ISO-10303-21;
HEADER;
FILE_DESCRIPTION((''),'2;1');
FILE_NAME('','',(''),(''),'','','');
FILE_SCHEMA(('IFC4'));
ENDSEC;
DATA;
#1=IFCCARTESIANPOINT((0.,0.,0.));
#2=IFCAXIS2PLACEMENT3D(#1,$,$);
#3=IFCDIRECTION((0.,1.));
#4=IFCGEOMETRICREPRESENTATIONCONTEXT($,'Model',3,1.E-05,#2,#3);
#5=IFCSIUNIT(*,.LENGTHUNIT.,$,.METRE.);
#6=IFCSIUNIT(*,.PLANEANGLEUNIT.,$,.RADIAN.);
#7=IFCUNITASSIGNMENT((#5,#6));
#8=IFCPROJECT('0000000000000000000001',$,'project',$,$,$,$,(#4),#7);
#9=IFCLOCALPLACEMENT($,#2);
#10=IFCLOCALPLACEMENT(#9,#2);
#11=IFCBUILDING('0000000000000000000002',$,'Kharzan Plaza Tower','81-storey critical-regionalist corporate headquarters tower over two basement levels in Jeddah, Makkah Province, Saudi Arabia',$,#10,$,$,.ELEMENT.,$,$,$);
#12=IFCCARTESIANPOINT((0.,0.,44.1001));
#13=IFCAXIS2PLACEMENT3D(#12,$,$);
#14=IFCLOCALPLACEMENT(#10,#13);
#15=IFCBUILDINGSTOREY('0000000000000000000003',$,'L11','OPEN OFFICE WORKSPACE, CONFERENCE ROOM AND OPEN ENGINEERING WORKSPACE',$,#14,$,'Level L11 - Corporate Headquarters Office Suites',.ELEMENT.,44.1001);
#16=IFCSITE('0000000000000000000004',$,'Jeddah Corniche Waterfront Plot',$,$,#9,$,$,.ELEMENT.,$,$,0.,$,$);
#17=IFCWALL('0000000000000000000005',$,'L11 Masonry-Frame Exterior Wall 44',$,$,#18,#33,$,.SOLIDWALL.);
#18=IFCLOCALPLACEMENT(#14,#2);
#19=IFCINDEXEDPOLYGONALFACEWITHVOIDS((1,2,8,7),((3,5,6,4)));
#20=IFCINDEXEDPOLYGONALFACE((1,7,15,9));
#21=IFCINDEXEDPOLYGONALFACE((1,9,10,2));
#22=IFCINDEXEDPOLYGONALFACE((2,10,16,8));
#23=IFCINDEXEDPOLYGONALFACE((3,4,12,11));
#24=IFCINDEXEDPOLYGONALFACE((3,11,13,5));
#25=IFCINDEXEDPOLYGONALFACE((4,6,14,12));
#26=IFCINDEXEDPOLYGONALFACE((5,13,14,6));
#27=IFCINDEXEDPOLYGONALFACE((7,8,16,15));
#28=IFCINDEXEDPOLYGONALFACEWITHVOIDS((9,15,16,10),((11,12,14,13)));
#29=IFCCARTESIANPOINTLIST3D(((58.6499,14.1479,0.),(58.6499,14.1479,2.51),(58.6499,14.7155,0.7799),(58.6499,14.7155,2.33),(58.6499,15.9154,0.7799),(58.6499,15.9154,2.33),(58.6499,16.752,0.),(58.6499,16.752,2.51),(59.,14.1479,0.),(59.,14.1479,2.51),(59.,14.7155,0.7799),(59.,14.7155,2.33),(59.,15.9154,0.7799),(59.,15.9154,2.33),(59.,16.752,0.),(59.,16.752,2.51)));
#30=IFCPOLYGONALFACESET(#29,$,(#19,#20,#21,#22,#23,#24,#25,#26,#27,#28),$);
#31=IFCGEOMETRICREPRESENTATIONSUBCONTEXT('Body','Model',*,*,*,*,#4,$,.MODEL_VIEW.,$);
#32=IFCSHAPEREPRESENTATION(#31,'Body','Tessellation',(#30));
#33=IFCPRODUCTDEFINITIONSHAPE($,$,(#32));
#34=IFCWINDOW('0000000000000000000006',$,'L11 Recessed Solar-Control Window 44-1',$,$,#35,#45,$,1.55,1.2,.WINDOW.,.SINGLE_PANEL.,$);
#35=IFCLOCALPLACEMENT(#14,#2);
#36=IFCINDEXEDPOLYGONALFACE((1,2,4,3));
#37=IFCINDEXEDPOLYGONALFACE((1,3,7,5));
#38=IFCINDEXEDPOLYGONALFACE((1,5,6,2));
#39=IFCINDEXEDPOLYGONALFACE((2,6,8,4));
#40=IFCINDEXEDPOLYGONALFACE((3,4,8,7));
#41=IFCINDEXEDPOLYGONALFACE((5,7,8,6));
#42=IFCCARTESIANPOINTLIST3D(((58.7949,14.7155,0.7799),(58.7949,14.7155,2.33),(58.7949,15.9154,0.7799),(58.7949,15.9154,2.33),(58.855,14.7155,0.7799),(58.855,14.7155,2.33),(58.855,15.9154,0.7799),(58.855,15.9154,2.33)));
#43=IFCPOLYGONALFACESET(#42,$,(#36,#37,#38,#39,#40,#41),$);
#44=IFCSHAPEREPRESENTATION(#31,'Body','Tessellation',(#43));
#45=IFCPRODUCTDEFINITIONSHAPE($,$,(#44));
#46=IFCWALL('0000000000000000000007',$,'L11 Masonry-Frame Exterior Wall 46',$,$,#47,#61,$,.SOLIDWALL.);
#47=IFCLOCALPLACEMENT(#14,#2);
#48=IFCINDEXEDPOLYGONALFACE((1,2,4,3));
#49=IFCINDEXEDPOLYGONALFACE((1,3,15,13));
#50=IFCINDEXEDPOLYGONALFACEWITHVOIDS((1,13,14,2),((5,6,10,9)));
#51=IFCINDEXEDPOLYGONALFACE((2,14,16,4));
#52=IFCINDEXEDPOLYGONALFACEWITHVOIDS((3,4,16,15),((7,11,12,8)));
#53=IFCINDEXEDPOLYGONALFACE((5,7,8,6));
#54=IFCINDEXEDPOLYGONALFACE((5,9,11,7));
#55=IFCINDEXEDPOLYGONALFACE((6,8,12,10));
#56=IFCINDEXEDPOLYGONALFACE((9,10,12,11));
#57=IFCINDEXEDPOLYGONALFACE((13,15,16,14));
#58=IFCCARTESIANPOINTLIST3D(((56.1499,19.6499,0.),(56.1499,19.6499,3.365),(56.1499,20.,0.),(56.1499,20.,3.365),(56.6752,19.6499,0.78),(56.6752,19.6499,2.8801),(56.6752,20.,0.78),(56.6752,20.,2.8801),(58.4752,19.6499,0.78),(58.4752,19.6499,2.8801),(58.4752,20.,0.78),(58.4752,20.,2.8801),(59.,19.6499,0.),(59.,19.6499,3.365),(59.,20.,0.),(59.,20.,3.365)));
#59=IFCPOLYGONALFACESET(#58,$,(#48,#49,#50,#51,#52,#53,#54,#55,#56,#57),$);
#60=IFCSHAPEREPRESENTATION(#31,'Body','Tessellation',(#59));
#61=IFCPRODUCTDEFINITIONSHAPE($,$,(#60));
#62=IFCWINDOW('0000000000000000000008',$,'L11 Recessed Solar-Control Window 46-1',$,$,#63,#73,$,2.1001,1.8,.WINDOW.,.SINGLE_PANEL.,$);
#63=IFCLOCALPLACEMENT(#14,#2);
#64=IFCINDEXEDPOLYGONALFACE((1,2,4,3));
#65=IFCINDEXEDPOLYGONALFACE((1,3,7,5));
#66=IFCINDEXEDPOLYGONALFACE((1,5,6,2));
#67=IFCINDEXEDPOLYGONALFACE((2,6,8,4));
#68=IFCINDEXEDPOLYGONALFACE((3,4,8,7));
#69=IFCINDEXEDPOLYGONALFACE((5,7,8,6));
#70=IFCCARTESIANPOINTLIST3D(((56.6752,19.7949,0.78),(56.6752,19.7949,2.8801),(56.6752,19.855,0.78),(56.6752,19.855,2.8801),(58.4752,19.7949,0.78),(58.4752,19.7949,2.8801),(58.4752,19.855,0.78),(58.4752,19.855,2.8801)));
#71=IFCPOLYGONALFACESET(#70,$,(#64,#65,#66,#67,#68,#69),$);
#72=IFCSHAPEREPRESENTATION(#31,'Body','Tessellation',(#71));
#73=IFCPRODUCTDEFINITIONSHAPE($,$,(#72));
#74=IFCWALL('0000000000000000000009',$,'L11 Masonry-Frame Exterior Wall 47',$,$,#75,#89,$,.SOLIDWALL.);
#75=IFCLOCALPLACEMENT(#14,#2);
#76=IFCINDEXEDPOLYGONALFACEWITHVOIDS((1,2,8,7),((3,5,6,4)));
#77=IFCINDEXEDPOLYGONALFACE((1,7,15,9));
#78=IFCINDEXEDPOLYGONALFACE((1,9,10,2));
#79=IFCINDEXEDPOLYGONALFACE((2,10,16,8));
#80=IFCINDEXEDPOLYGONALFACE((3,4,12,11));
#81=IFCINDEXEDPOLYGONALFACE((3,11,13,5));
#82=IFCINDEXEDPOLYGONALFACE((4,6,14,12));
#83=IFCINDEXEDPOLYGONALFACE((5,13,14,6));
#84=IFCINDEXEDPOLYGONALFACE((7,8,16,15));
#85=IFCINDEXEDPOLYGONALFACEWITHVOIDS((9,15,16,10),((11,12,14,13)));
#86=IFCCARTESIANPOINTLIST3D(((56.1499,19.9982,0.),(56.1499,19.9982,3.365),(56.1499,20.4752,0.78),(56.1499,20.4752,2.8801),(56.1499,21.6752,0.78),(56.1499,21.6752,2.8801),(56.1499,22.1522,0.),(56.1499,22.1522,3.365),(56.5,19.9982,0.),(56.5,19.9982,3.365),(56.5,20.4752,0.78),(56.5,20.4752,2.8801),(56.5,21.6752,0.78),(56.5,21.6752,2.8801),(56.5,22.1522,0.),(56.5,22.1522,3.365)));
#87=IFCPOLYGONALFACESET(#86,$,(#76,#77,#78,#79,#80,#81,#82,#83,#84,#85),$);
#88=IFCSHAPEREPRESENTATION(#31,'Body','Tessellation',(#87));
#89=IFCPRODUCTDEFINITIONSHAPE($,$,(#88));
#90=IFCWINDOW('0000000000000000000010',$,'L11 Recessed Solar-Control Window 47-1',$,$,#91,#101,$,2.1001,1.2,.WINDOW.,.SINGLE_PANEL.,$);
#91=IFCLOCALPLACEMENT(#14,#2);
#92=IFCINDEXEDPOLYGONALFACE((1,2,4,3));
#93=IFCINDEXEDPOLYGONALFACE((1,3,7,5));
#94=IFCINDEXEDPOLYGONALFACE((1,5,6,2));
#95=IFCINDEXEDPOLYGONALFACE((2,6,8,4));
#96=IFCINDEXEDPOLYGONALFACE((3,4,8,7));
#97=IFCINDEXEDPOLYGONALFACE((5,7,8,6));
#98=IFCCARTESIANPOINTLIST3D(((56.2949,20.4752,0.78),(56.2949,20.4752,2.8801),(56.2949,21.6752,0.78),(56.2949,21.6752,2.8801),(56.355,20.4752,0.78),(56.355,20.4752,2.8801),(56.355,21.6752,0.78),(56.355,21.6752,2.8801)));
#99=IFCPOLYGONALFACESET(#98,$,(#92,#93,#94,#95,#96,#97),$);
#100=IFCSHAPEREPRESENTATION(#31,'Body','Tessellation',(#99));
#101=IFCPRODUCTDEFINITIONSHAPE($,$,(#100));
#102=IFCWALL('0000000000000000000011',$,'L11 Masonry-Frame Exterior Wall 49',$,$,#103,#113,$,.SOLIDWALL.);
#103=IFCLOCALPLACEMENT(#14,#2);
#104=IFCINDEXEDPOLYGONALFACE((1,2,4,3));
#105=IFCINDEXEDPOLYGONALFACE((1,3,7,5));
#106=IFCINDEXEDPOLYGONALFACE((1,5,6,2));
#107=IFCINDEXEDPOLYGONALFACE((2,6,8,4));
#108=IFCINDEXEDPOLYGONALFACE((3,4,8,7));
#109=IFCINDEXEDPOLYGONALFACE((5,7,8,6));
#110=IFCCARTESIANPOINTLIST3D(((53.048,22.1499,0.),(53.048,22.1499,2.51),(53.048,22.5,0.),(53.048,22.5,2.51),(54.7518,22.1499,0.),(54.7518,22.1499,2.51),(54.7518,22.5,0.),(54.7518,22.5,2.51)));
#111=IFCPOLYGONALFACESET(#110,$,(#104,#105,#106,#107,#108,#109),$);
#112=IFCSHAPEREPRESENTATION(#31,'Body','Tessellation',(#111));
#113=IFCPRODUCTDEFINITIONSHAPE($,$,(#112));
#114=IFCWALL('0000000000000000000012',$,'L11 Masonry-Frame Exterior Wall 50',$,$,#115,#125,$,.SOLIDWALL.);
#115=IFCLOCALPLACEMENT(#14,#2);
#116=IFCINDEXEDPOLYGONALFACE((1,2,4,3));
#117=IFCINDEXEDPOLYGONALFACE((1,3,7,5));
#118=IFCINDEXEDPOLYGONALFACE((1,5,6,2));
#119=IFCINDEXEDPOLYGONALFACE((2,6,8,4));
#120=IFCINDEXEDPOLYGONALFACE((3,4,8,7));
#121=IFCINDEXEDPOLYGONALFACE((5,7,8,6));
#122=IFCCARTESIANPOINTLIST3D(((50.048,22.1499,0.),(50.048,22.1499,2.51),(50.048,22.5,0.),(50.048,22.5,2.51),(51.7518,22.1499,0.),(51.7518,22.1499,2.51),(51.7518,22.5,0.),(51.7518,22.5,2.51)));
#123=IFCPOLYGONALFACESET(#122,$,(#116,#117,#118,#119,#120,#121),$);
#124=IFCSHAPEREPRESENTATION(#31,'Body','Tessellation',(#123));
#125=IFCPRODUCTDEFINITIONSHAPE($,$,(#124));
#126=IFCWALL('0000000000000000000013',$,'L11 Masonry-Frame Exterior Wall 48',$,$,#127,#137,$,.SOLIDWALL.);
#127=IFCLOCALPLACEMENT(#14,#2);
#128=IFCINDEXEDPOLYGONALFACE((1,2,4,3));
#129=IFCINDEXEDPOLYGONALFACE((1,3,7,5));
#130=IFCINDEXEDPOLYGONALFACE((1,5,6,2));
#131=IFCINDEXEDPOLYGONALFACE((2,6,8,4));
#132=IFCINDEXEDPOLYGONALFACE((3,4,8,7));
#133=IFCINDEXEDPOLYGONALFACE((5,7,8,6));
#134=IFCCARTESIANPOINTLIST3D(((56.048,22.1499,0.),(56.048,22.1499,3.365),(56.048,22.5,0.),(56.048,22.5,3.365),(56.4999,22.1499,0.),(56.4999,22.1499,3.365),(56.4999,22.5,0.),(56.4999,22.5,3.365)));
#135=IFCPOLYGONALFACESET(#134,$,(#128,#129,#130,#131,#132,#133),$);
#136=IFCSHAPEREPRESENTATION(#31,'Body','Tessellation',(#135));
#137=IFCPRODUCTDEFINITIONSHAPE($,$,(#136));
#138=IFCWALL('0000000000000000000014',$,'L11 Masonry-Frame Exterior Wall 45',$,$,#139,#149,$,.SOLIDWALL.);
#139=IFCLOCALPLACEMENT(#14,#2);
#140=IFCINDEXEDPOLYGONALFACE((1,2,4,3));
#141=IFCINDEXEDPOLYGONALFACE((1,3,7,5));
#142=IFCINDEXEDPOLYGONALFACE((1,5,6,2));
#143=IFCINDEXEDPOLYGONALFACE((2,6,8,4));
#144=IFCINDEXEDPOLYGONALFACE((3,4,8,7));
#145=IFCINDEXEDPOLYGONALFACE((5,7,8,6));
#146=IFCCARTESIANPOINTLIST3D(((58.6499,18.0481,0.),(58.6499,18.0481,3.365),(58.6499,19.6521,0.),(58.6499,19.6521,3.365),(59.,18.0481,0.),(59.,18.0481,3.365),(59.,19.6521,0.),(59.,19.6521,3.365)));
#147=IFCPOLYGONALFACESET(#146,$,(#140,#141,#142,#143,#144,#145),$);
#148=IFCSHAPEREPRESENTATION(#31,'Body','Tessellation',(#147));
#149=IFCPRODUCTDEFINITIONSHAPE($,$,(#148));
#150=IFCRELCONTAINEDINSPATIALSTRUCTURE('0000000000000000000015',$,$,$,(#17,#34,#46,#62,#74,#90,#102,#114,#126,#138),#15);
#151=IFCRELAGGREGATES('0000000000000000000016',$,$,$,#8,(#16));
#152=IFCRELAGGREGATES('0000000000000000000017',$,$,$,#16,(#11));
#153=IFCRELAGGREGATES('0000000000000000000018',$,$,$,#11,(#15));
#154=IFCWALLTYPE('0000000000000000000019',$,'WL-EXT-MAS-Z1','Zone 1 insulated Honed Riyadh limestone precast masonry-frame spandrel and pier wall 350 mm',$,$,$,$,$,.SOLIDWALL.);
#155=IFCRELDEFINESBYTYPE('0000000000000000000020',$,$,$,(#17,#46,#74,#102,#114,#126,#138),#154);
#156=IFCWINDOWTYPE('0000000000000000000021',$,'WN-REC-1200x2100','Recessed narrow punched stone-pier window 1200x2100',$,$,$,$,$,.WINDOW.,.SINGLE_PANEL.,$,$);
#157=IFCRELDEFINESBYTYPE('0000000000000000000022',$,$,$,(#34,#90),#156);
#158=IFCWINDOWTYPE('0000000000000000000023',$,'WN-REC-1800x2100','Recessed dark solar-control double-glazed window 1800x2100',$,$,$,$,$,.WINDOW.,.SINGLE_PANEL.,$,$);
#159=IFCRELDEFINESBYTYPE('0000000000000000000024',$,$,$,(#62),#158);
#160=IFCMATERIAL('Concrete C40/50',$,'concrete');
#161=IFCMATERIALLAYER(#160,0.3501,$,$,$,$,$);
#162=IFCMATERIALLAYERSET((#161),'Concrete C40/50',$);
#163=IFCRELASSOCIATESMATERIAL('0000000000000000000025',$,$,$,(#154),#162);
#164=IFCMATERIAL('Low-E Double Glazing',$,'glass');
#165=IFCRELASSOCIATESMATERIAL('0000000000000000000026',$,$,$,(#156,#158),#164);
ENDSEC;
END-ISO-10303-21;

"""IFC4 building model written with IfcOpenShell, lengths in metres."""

from ifc_helpers import new_model, si_unit, direction, frame, frame_2d, origin, place, context, subcontext, project, spatial, rectangle, extrude, source, transform, mapped, material, layer, layer_set, type_object, element, fill, save


model = new_model("IFC4")

# Units and contexts
model_context = context("Model", 3, precision=1e-05, world=origin(), true_north=direction((0.0, 1.0)))
body_context = subcontext(model_context, "Body", "Model", "MODEL_VIEW")
ifc_project = project(units=[si_unit("LENGTHUNIT", "METRE"), si_unit("PLANEANGLEUNIT", "RADIAN")], contexts=[model_context])

# Site, building, storey
site_placement = place(None, origin())
site = spatial("IfcSite", under=ifc_project, at=site_placement, Name="Jeddah Corniche Waterfront Plot", CompositionType="ELEMENT", RefElevation=0.0)
building_placement = place(site_placement, origin())
building = spatial("IfcBuilding", under=site, at=building_placement, Name="Kharzan Plaza Tower", Description="81-storey critical-regionalist corporate headquarters tower over two basement levels in Jeddah, Makkah Province, Saudi Arabia", CompositionType="ELEMENT")
storey_placement = place(building_placement, frame((0.0, 0.0, 44.1001)))
storey = spatial("IfcBuildingStorey", under=building, at=storey_placement, Name="L11", Description="OPEN OFFICE WORKSPACE, CONFERENCE ROOM AND OPEN ENGINEERING WORKSPACE", LongName="Level L11 - Corporate Headquarters Office Suites", CompositionType="ELEMENT", Elevation=44.1001)

# Walls, openings, windows
ifc_material_1 = material(Name="Concrete C40/50", Category="concrete")
ifc_layer = layer(ifc_material_1, 0.3501)
ifc_layer_set = layer_set([ifc_layer], Name="Concrete C40/50")
wall_type = type_object("IfcWallType", Name="WL-EXT-MAS-Z1", Description="Zone 1 insulated Honed Riyadh limestone precast masonry-frame spandrel and pier wall 350 mm", PredefinedType="SOLIDWALL", material=ifc_layer_set)
wall_1_placement = place(storey_placement, frame((58.825, 14.1479, 0.0), z_axis=(0.0, 0.0, 1.0), x_axis=(0.0, 1.0, 0.0)))
wall_1 = element("IfcWall", 1, at=wall_1_placement, inside=storey, type_object=wall_type, Name="L11 Masonry-Frame Exterior Wall 44", PredefinedType="SOLIDWALL", context=body_context, shape_type="SweptSolid", body=[
    extrude(rectangle(XDim=2.604, YDim=0.3501, at=frame_2d((1.302, 0.0))), origin(), (0.0, 0.0, 1.0), 2.51),
])
opening_1_placement = place(wall_1_placement, frame((0.5674, 0.0, 0.78)))
opening_1 = element("IfcOpeningElement", 2, at=opening_1_placement, cuts=wall_1, PredefinedType="OPENING", context=body_context, shape_type="SweptSolid", body=[
    extrude(rectangle(XDim=1.2, YDim=1.55, at=frame_2d((0.6001, 0.7749))), frame((0.0, 0.1851, 0.0), z_axis=(0.0, -1.0, 0.0), x_axis=(1.0, 0.0, 0.0)), (0.0, 0.0, 1.0), 0.3701),
])
ifc_material_2 = material(Name="Low-E Double Glazing", Category="glass")
window_type_1 = type_object("IfcWindowType", Name="WN-REC-1200x2100", Description="Recessed narrow punched stone-pier window 1200x2100", PartitioningType="SINGLE_PANEL", PredefinedType="WINDOW", material=ifc_material_2)
shared_shape_1 = source(origin(), body_context, "Body", "SweptSolid", [
    extrude(rectangle(XDim=1.2, YDim=1.55, at=frame_2d((0.6001, 0.7749))), frame((0.0, 0.03, 0.0), z_axis=(0.0, -1.0, 0.0), x_axis=(1.0, 0.0, 0.0)), (0.0, 0.0, 1.0), 0.0601),
])
window_1_placement = place(opening_1_placement, origin())
window_1 = element("IfcWindow", 3, at=window_1_placement, inside=storey, type_object=window_type_1, Name="L11 Recessed Solar-Control Window 44-1", OverallHeight=1.55, OverallWidth=1.2, PartitioningType="SINGLE_PANEL", PredefinedType="WINDOW", context=body_context, shape_type="MappedRepresentation", body=[
    mapped(shared_shape_1, transform((0.0, 0.0, 0.0), x_axis=(1.0, 0.0, 0.0), y_axis=(0.0, 1.0, 0.0), z_axis=(0.0, 0.0, 1.0))),
])
fill(opening_1, window_1)
wall_2_placement = place(storey_placement, frame((59.0, 19.825, 0.0), z_axis=(0.0, 0.0, 1.0), x_axis=(-1.0, 0.0, 0.0)))
wall_2 = element("IfcWall", 4, at=wall_2_placement, inside=storey, type_object=wall_type, Name="L11 Masonry-Frame Exterior Wall 46", PredefinedType="SOLIDWALL", context=body_context, shape_type="SweptSolid", body=[
    extrude(rectangle(XDim=2.8501, YDim=0.3501, at=frame_2d((1.425, 0.0))), origin(), (0.0, 0.0, 1.0), 3.365),
])
opening_2_placement = place(wall_2_placement, frame((0.5249, 0.0, 0.78)))
opening_2 = element("IfcOpeningElement", 5, at=opening_2_placement, cuts=wall_2, PredefinedType="OPENING", context=body_context, shape_type="SweptSolid", body=[
    extrude(rectangle(XDim=1.8, YDim=2.1001, at=frame_2d((0.8999, 1.05))), frame((0.0, 0.1851, 0.0), z_axis=(0.0, -1.0, 0.0), x_axis=(1.0, 0.0, 0.0)), (0.0, 0.0, 1.0), 0.3701),
])
window_type_2 = type_object("IfcWindowType", Name="WN-REC-1800x2100", Description="Recessed dark solar-control double-glazed window 1800x2100", PartitioningType="SINGLE_PANEL", PredefinedType="WINDOW", material=ifc_material_2)
shared_shape_2 = source(origin(), body_context, "Body", "SweptSolid", [
    extrude(rectangle(XDim=1.8, YDim=2.1001, at=frame_2d((0.8999, 1.05))), frame((0.0, 0.03, 0.0), z_axis=(0.0, -1.0, 0.0), x_axis=(1.0, 0.0, 0.0)), (0.0, 0.0, 1.0), 0.0601),
])
window_2_placement = place(opening_2_placement, origin())
window_2 = element("IfcWindow", 6, at=window_2_placement, inside=storey, type_object=window_type_2, Name="L11 Recessed Solar-Control Window 46-1", OverallHeight=2.1001, OverallWidth=1.8, PartitioningType="SINGLE_PANEL", PredefinedType="WINDOW", context=body_context, shape_type="MappedRepresentation", body=[
    mapped(shared_shape_2, transform((0.0, 0.0, 0.0), x_axis=(1.0, 0.0, 0.0), y_axis=(0.0, 1.0, 0.0), z_axis=(0.0, 0.0, 1.0))),
])
fill(opening_2, window_2)
wall_3_placement = place(storey_placement, frame((56.325, 19.998, 0.0), z_axis=(0.0, 0.0, 1.0), x_axis=(0.0, 1.0, 0.0)))
wall_3 = element("IfcWall", 7, at=wall_3_placement, inside=storey, type_object=wall_type, Name="L11 Masonry-Frame Exterior Wall 47", PredefinedType="SOLIDWALL", context=body_context, shape_type="SweptSolid", body=[
    extrude(rectangle(XDim=2.1541, YDim=0.3501, at=frame_2d((1.0771, 0.0))), origin(), (0.0, 0.0, 1.0), 3.365),
])
opening_3_placement = place(wall_3_placement, frame((0.4771, 0.0, 0.78)))
opening_3 = element("IfcOpeningElement", 8, at=opening_3_placement, cuts=wall_3, PredefinedType="OPENING", context=body_context, shape_type="SweptSolid", body=[
    extrude(rectangle(XDim=1.2, YDim=2.1001, at=frame_2d((0.6001, 1.05))), frame((0.0, 0.1851, 0.0), z_axis=(0.0, -1.0, 0.0), x_axis=(1.0, 0.0, 0.0)), (0.0, 0.0, 1.0), 0.3701),
])
shared_shape_3 = source(origin(), body_context, "Body", "SweptSolid", [
    extrude(rectangle(XDim=1.2, YDim=2.1001, at=frame_2d((0.6001, 1.05))), frame((0.0, 0.03, 0.0), z_axis=(0.0, -1.0, 0.0), x_axis=(1.0, 0.0, 0.0)), (0.0, 0.0, 1.0), 0.0601),
])
window_3_placement = place(opening_3_placement, origin())
window_3 = element("IfcWindow", 9, at=window_3_placement, inside=storey, type_object=window_type_1, Name="L11 Recessed Solar-Control Window 47-1", OverallHeight=2.1001, OverallWidth=1.2, PartitioningType="SINGLE_PANEL", PredefinedType="WINDOW", context=body_context, shape_type="MappedRepresentation", body=[
    mapped(shared_shape_3, transform((0.0, 0.0, 0.0), x_axis=(1.0, 0.0, 0.0), y_axis=(0.0, 1.0, 0.0), z_axis=(0.0, 0.0, 1.0))),
])
fill(opening_3, window_3)

# Walls
shared_shape_4 = source(origin(), body_context, "Body", "SweptSolid", [
    extrude(rectangle(XDim=1.7039, YDim=0.3501, at=frame_2d((0.8521, 0.0))), origin(), (0.0, 0.0, 1.0), 2.51),
])
for number, where, z_axis, x_axis, name in (
    (10, (54.752, 22.325, 0.0), (0.0, 0.0, 1.0), (-1.0, 0.0, 0.0), "L11 Masonry-Frame Exterior Wall 49"),
    (11, (51.752, 22.325, 0.0), (0.0, 0.0, 1.0), (-1.0, 0.0, 0.0), "L11 Masonry-Frame Exterior Wall 50"),
):
    element("IfcWall", number, at=place(storey_placement, frame(where, z_axis=z_axis, x_axis=x_axis)), inside=storey, type_object=wall_type, Name=name, PredefinedType="SOLIDWALL", context=body_context, shape_type="MappedRepresentation", body=[
        mapped(shared_shape_4, transform((0.0, 0.0, 0.0), x_axis=(1.0, 0.0, 0.0), y_axis=(0.0, 1.0, 0.0), z_axis=(0.0, 0.0, 1.0))),
    ])
shared_shape_5 = source(origin(), body_context, "Body", "SweptSolid", [
    extrude(rectangle(XDim=0.4519, YDim=0.3501, at=frame_2d((0.2261, 0.0))), origin(), (0.0, 0.0, 1.0), 3.365),
])
wall_4_placement = place(storey_placement, frame((56.5, 22.325, 0.0), z_axis=(0.0, 0.0, 1.0), x_axis=(-1.0, 0.0, 0.0)))
element("IfcWall", 12, at=wall_4_placement, inside=storey, type_object=wall_type, Name="L11 Masonry-Frame Exterior Wall 48", PredefinedType="SOLIDWALL", context=body_context, shape_type="MappedRepresentation", body=[
    mapped(shared_shape_5, transform((0.0, 0.0, 0.0), x_axis=(1.0, 0.0, 0.0), y_axis=(0.0, 1.0, 0.0), z_axis=(0.0, 0.0, 1.0))),
])
shared_shape_6 = source(origin(), body_context, "Body", "SweptSolid", [
    extrude(rectangle(XDim=1.604, YDim=0.3501, at=frame_2d((0.802, 0.0))), origin(), (0.0, 0.0, 1.0), 3.365),
])
wall_5_placement = place(storey_placement, frame((58.825, 18.0481, 0.0), z_axis=(0.0, 0.0, 1.0), x_axis=(0.0, 1.0, 0.0)))
element("IfcWall", 13, at=wall_5_placement, inside=storey, type_object=wall_type, Name="L11 Masonry-Frame Exterior Wall 45", PredefinedType="SOLIDWALL", context=body_context, shape_type="MappedRepresentation", body=[
    mapped(shared_shape_6, transform((0.0, 0.0, 0.0), x_axis=(1.0, 0.0, 0.0), y_axis=(0.0, 1.0, 0.0), z_axis=(0.0, 0.0, 1.0))),
])

save(model, "model.ifc")
